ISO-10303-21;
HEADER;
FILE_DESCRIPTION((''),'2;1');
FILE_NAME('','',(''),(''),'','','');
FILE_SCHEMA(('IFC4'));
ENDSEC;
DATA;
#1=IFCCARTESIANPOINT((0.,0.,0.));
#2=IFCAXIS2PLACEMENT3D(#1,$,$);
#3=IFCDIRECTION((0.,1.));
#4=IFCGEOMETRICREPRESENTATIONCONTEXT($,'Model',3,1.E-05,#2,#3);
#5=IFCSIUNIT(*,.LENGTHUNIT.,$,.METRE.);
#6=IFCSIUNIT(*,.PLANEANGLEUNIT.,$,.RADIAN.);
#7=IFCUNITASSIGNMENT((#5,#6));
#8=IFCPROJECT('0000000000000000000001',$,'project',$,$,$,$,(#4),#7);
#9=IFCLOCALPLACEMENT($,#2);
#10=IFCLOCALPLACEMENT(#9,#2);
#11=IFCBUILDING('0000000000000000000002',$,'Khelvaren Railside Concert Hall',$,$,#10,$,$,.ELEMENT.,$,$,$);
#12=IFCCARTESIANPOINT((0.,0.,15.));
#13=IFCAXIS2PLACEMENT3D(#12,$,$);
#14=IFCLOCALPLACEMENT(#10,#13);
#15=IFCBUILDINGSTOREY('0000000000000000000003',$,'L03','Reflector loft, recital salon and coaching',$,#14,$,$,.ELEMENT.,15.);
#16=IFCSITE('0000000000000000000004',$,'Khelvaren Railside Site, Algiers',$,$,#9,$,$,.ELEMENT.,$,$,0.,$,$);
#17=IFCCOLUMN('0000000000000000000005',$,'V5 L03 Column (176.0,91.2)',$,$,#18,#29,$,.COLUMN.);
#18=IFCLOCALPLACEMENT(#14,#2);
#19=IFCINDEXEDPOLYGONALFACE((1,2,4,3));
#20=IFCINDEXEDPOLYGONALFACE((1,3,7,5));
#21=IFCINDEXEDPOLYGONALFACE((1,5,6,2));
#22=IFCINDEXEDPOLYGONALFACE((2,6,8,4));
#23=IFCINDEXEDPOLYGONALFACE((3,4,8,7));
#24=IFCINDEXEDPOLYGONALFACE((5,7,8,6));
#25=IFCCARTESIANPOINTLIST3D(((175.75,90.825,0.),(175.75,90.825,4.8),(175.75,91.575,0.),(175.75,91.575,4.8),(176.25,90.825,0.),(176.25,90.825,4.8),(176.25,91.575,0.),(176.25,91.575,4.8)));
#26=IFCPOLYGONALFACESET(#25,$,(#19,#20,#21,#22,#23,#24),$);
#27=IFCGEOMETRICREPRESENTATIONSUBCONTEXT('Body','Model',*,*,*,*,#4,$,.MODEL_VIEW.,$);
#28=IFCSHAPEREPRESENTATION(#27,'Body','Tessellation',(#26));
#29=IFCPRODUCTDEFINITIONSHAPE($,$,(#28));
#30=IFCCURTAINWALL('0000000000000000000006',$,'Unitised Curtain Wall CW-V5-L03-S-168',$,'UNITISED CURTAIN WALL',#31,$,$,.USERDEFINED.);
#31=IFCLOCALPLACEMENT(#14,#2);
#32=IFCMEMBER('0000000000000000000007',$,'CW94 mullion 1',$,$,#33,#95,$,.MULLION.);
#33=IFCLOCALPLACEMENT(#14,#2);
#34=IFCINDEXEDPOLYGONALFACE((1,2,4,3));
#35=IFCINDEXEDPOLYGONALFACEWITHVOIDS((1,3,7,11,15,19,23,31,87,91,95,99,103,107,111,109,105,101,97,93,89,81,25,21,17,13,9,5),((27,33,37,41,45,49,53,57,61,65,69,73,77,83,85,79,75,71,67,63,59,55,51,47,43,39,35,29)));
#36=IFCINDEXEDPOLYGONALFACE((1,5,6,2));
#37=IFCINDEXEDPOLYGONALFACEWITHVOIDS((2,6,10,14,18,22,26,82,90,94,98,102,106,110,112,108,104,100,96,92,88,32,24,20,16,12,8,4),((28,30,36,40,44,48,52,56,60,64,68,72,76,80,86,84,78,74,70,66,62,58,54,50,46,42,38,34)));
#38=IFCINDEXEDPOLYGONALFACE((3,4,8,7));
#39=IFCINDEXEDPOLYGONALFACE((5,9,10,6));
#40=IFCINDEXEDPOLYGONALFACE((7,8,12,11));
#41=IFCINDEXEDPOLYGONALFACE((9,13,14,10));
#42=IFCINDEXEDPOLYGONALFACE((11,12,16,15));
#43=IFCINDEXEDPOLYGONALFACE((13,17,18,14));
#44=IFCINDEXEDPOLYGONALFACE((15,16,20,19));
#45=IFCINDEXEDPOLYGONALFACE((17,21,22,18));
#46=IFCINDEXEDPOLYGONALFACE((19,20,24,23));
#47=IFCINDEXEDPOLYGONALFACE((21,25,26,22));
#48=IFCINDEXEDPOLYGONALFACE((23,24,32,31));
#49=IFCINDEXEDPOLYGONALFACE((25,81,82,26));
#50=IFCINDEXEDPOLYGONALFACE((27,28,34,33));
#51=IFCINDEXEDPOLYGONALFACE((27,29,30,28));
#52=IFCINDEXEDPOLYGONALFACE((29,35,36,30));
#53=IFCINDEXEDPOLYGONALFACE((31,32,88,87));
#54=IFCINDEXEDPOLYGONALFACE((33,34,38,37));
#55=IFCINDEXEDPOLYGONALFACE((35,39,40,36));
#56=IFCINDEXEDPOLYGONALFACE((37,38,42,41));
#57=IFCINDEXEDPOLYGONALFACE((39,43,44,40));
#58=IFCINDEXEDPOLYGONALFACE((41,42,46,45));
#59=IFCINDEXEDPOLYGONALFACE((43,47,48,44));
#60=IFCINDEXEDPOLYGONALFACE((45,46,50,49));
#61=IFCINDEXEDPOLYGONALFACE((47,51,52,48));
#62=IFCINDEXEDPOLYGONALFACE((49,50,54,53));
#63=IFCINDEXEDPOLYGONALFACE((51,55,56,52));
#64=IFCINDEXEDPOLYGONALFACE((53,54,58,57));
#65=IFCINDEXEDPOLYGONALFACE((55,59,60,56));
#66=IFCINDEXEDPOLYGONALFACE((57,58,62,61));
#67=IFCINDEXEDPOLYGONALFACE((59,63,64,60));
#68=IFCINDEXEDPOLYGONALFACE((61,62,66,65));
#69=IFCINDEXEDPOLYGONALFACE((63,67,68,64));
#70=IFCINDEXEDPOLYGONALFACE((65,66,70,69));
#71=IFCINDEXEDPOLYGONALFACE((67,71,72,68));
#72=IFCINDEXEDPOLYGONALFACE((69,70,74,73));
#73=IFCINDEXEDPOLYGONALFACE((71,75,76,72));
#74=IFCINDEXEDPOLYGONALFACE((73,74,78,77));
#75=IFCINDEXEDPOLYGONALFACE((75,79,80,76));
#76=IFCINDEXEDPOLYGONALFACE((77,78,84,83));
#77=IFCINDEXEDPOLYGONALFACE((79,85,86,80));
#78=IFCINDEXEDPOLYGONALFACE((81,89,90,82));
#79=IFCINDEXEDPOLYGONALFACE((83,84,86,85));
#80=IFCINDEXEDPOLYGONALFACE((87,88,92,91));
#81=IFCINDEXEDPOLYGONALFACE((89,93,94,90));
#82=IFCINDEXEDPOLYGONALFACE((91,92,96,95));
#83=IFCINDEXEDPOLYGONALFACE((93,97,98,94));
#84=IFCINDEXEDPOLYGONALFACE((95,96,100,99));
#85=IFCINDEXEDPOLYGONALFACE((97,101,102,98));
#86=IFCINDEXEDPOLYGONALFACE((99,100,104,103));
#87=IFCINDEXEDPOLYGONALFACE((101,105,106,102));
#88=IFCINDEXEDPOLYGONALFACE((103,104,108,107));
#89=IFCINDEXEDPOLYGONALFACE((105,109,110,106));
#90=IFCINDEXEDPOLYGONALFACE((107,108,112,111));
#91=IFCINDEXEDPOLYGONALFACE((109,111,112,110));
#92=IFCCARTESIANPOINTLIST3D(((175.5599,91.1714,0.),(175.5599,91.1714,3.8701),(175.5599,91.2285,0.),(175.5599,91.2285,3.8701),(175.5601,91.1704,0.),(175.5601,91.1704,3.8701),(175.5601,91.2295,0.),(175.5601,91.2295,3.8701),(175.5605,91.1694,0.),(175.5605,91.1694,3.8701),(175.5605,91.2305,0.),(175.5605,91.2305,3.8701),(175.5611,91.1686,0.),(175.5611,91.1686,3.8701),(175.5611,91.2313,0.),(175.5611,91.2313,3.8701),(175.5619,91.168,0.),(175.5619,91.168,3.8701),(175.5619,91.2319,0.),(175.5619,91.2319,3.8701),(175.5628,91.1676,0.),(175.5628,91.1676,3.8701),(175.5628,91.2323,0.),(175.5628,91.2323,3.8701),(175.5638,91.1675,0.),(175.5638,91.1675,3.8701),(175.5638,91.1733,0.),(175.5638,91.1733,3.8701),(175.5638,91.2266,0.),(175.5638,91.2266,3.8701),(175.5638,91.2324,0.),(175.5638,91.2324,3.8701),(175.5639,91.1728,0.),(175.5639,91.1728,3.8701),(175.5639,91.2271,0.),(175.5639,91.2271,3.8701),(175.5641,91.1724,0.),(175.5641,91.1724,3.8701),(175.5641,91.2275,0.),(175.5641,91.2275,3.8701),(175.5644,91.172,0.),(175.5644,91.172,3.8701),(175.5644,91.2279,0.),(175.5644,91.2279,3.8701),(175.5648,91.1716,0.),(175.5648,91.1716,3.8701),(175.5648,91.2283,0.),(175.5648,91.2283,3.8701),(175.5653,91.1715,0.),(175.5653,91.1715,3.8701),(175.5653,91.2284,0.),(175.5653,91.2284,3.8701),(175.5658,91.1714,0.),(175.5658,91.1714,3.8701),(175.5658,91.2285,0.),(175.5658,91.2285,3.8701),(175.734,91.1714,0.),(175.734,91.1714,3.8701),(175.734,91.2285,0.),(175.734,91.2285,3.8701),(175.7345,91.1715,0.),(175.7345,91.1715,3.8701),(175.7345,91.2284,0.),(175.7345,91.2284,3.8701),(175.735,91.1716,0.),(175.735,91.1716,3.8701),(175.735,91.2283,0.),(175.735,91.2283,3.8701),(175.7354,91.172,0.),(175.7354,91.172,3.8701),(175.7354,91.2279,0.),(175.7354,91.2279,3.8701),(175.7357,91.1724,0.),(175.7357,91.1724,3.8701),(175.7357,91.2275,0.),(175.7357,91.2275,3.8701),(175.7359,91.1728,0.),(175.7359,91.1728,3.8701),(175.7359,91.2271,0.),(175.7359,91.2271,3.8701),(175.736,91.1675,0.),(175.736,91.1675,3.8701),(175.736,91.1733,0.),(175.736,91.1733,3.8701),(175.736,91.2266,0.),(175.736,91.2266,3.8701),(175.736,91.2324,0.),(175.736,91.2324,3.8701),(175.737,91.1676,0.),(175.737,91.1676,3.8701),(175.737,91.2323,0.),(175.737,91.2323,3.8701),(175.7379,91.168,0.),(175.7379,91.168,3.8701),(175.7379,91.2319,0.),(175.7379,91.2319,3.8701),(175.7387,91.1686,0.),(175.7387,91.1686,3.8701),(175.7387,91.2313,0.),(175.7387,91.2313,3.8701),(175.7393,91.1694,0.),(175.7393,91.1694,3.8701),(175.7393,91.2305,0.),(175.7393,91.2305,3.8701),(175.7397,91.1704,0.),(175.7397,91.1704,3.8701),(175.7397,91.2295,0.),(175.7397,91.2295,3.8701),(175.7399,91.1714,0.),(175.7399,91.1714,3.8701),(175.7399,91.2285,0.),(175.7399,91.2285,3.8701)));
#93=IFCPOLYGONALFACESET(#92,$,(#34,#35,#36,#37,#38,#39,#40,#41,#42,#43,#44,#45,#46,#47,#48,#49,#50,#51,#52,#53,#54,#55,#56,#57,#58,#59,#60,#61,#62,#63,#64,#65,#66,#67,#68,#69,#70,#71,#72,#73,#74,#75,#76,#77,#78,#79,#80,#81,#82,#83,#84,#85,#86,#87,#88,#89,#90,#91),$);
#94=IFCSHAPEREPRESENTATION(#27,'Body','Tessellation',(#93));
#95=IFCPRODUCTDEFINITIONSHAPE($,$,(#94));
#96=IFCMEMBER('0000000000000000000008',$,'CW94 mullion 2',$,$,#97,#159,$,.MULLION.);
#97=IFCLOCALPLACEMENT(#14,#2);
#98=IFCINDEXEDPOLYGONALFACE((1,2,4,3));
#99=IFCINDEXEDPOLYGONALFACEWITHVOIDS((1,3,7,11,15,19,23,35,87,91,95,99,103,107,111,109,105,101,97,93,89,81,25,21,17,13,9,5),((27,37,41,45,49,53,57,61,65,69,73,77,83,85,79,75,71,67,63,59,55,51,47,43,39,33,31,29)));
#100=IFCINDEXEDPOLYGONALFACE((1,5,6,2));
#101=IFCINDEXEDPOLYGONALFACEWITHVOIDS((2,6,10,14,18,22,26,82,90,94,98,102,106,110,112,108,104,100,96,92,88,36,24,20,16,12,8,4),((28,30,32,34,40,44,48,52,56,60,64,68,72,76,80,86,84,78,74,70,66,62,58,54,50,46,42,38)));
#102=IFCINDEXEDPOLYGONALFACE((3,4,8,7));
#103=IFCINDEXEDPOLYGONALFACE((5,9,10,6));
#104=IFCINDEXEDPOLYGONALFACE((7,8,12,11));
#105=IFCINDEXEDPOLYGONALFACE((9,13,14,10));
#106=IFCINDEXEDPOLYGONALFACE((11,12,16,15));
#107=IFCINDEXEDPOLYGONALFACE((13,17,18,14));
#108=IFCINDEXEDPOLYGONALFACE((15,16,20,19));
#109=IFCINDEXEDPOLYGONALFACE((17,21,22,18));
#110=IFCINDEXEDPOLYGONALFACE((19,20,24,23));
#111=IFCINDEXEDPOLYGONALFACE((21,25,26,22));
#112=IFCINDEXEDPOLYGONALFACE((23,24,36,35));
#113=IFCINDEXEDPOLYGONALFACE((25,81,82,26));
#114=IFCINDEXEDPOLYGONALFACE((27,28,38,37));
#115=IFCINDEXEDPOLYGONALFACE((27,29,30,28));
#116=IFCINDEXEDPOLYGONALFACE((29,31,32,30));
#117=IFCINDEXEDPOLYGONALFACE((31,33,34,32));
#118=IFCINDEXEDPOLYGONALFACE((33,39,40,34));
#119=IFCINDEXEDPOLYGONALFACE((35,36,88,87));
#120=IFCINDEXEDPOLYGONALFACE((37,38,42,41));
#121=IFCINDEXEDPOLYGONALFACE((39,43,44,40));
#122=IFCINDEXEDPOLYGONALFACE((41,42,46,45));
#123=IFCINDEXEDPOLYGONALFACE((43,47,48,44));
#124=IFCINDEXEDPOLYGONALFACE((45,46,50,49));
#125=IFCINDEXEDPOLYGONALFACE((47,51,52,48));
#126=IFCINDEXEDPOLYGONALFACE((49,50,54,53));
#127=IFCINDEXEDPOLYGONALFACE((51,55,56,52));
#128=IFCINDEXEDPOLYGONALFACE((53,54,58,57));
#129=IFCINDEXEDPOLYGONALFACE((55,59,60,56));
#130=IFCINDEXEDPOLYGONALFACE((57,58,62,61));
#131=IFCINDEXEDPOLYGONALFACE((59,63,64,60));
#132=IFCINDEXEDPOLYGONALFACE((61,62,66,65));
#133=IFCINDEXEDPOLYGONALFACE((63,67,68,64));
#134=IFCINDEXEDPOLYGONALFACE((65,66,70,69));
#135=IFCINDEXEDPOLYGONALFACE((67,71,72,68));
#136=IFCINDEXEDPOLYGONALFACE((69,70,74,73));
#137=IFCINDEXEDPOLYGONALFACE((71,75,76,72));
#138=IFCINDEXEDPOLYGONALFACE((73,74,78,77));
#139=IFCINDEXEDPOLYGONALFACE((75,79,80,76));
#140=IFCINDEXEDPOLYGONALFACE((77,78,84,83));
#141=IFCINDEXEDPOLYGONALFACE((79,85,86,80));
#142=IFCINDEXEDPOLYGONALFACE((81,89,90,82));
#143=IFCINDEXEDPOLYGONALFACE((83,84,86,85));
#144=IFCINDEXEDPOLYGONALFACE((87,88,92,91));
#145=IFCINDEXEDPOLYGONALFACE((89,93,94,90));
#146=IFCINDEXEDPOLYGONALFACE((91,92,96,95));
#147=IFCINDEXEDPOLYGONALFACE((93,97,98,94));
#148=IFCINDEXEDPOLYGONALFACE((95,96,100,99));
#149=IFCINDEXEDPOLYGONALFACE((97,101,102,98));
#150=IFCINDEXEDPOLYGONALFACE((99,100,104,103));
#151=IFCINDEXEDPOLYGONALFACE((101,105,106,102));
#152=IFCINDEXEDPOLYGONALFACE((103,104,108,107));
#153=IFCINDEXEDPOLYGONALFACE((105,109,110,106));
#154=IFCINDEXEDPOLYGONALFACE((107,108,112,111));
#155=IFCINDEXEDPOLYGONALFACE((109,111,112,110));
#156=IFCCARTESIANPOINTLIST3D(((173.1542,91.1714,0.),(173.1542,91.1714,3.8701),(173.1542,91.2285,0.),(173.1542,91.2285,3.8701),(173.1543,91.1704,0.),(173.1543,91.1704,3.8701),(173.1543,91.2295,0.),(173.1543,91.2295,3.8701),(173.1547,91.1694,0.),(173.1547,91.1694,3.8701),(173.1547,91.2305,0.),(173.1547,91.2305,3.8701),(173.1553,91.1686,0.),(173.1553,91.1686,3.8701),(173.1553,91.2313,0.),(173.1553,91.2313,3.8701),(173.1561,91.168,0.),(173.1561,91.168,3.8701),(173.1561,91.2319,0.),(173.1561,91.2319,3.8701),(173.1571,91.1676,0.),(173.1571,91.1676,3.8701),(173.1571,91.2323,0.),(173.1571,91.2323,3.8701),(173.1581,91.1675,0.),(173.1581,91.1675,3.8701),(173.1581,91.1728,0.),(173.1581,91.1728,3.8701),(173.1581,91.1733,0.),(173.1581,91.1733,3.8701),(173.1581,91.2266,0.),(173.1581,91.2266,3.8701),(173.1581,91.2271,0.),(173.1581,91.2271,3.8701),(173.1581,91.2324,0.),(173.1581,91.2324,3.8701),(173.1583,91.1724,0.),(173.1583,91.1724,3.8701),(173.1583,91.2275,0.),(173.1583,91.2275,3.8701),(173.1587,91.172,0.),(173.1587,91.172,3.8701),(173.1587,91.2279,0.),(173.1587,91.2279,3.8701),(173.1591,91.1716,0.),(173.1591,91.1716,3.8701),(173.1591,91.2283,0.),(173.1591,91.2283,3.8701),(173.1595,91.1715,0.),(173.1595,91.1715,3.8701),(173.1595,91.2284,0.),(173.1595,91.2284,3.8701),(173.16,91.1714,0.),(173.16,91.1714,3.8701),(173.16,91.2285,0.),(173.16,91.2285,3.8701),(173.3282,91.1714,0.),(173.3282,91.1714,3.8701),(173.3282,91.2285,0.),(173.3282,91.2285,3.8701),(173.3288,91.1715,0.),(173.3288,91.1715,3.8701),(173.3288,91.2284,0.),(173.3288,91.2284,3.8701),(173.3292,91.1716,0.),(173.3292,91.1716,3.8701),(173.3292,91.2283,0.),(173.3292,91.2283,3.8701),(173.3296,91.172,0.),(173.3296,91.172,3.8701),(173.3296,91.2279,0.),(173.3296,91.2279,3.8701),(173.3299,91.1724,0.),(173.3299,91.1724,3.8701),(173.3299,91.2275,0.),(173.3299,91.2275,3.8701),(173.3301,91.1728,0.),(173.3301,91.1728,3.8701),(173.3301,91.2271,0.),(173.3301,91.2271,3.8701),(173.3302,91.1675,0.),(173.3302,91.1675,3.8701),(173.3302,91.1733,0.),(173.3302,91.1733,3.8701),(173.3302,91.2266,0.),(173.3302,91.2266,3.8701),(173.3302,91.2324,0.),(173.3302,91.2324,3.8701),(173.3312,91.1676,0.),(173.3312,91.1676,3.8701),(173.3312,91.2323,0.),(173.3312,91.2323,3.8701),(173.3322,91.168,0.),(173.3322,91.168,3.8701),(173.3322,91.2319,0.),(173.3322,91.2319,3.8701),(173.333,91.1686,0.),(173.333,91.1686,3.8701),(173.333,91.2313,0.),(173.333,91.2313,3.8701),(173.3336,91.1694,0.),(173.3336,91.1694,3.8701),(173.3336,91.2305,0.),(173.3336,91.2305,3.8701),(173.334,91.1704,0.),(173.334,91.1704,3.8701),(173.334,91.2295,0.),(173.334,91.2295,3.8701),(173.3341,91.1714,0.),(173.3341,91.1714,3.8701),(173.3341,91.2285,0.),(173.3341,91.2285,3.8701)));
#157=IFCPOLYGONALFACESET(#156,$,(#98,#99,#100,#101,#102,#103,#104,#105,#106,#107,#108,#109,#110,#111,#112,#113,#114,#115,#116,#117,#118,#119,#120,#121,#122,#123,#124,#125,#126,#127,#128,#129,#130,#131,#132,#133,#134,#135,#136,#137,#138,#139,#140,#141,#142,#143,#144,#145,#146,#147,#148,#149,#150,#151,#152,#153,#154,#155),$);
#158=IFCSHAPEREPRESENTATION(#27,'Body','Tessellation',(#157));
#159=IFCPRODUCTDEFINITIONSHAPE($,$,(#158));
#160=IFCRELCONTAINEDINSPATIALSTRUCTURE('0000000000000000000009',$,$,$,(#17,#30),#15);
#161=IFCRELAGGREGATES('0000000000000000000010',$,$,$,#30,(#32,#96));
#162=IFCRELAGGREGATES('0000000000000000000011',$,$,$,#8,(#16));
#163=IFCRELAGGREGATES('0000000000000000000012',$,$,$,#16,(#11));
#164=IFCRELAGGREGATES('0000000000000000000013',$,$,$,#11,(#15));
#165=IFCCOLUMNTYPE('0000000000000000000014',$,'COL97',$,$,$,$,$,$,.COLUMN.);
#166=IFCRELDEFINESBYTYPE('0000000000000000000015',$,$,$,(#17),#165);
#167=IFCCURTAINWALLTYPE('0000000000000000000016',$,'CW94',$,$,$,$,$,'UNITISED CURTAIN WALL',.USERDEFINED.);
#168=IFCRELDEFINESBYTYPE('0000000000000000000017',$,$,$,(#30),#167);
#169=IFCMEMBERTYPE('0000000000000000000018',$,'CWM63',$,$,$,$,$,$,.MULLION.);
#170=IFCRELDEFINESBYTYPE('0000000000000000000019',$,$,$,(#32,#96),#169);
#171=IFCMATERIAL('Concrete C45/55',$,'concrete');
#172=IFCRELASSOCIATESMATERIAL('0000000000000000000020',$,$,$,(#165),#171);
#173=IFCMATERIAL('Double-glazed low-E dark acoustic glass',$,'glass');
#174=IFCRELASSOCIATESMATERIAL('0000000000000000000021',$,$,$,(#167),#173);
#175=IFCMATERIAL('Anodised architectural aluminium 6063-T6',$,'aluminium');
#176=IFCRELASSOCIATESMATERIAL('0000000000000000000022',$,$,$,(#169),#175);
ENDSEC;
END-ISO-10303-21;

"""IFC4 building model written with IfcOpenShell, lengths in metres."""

from ifc_helpers import new_model, si_unit, direction, frame, origin, origin_2d, place, context, subcontext, project, spatial, rectangle, hollow_rectangle, extrude, material, material_profile, profile_set, type_object, element, aggregate, save


model = new_model("IFC4")

# Units and contexts
model_context = context("Model", 3, precision=1e-05, world=origin(), true_north=direction((0.0, 1.0)))
body_context = subcontext(model_context, "Body", "Model", "MODEL_VIEW")
ifc_project = project(units=[si_unit("LENGTHUNIT", "METRE"), si_unit("PLANEANGLEUNIT", "RADIAN")], contexts=[model_context])

# Site, building, storey
site_placement = place(None, origin())
site = spatial("IfcSite", under=ifc_project, at=site_placement, Name="Khelvaren Railside Site, Algiers", CompositionType="ELEMENT", RefElevation=0.0)
building_placement = place(site_placement, origin())
building = spatial("IfcBuilding", under=site, at=building_placement, Name="Khelvaren Railside Concert Hall", CompositionType="ELEMENT")
storey_placement = place(building_placement, frame((0.0, 0.0, 15.0)))
storey = spatial("IfcBuildingStorey", under=building, at=storey_placement, Name="L03", Description="Reflector loft, recital salon and coaching", CompositionType="ELEMENT", Elevation=15.0)

# Column
ifc_material_1 = material(Name="Concrete C45/55", Category="concrete")
ifc_material_profile_1 = material_profile(ifc_material_1, rectangle(XDim=0.5, YDim=0.75, at=origin_2d()), Name="RC 500x750")
ifc_profile_set_1 = profile_set([ifc_material_profile_1], Name="Concrete C45/55")
column_type = type_object("IfcColumnType", Name="COL97", PredefinedType="COLUMN", material=ifc_profile_set_1)
column_placement = place(storey_placement, frame((176.0, 91.2, 0.0), z_axis=(0.0, 0.0, 1.0), x_axis=(1.0, 0.0, 0.0)))
element("IfcColumn", 1, at=column_placement, inside=storey, type_object=column_type, Name="V5 L03 Column (176.0,91.2)", PredefinedType="COLUMN", context=body_context, shape_type="SweptSolid", body=[
    extrude(rectangle(XDim=0.5, YDim=0.75, at=origin_2d()), origin(), (0.0, 0.0, 1.0), 4.8),
])

# Curtain wall, members
ifc_material_2 = material(Name="Double-glazed low-E dark acoustic glass", Category="glass")
curtain_wall_type_1 = type_object("IfcCurtainWallType", Name="CW94", ElementType="UNITISED CURTAIN WALL", PredefinedType="USERDEFINED", material=ifc_material_2)
curtain_wall_1_placement = place(storey_placement, origin())
curtain_wall_1 = element("IfcCurtainWall", 2, at=curtain_wall_1_placement, inside=storey, type_object=curtain_wall_type_1, Name="Unitised Curtain Wall CW-V5-L03-S-168", ObjectType="UNITISED CURTAIN WALL", PredefinedType="USERDEFINED")
ifc_material_3 = material(Name="Anodised architectural aluminium 6063-T6", Category="aluminium")
ifc_material_profile_2 = material_profile(ifc_material_3, hollow_rectangle(XDim=0.0649, YDim=0.1799, WallThickness=0.0039, InnerFilletRadius=0.002, OuterFilletRadius=0.0039, at=origin_2d()), Name="CWM 65x180x4")
ifc_profile_set_2 = profile_set([ifc_material_profile_2], Name="Anodised architectural aluminium 6063-T6")
member_type_1 = type_object("IfcMemberType", Name="CWM63", PredefinedType="MULLION", material=ifc_profile_set_2)
member_1_placement = place(storey_placement, frame((175.6499, 91.2, 0.0), z_axis=(0.0, 0.0, 1.0), x_axis=(0.0, -1.0, 0.0)))
member_1 = element("IfcMember", 3, at=member_1_placement, type_object=member_type_1, Name="CW94 mullion 1", PredefinedType="MULLION", context=body_context, shape_type="SweptSolid", body=[
    extrude(hollow_rectangle(XDim=0.0649, YDim=0.1799, WallThickness=0.0039, InnerFilletRadius=0.002, OuterFilletRadius=0.0039, at=origin_2d()), origin(), (0.0, 0.0, 1.0), 3.8701),
])
member_2_placement = place(storey_placement, frame((173.2441, 91.2, 0.0), z_axis=(0.0, 0.0, 1.0), x_axis=(0.0, -1.0, 0.0)))
member_2 = element("IfcMember", 4, at=member_2_placement, type_object=member_type_1, Name="CW94 mullion 2", PredefinedType="MULLION", context=body_context, shape_type="SweptSolid", body=[
    extrude(hollow_rectangle(XDim=0.0649, YDim=0.1799, WallThickness=0.0039, InnerFilletRadius=0.002, OuterFilletRadius=0.0039, at=origin_2d()), origin(), (0.0, 0.0, 1.0), 3.8701),
])

aggregate(curtain_wall_1, [member_1, member_2])

save(model, "model.ifc")
